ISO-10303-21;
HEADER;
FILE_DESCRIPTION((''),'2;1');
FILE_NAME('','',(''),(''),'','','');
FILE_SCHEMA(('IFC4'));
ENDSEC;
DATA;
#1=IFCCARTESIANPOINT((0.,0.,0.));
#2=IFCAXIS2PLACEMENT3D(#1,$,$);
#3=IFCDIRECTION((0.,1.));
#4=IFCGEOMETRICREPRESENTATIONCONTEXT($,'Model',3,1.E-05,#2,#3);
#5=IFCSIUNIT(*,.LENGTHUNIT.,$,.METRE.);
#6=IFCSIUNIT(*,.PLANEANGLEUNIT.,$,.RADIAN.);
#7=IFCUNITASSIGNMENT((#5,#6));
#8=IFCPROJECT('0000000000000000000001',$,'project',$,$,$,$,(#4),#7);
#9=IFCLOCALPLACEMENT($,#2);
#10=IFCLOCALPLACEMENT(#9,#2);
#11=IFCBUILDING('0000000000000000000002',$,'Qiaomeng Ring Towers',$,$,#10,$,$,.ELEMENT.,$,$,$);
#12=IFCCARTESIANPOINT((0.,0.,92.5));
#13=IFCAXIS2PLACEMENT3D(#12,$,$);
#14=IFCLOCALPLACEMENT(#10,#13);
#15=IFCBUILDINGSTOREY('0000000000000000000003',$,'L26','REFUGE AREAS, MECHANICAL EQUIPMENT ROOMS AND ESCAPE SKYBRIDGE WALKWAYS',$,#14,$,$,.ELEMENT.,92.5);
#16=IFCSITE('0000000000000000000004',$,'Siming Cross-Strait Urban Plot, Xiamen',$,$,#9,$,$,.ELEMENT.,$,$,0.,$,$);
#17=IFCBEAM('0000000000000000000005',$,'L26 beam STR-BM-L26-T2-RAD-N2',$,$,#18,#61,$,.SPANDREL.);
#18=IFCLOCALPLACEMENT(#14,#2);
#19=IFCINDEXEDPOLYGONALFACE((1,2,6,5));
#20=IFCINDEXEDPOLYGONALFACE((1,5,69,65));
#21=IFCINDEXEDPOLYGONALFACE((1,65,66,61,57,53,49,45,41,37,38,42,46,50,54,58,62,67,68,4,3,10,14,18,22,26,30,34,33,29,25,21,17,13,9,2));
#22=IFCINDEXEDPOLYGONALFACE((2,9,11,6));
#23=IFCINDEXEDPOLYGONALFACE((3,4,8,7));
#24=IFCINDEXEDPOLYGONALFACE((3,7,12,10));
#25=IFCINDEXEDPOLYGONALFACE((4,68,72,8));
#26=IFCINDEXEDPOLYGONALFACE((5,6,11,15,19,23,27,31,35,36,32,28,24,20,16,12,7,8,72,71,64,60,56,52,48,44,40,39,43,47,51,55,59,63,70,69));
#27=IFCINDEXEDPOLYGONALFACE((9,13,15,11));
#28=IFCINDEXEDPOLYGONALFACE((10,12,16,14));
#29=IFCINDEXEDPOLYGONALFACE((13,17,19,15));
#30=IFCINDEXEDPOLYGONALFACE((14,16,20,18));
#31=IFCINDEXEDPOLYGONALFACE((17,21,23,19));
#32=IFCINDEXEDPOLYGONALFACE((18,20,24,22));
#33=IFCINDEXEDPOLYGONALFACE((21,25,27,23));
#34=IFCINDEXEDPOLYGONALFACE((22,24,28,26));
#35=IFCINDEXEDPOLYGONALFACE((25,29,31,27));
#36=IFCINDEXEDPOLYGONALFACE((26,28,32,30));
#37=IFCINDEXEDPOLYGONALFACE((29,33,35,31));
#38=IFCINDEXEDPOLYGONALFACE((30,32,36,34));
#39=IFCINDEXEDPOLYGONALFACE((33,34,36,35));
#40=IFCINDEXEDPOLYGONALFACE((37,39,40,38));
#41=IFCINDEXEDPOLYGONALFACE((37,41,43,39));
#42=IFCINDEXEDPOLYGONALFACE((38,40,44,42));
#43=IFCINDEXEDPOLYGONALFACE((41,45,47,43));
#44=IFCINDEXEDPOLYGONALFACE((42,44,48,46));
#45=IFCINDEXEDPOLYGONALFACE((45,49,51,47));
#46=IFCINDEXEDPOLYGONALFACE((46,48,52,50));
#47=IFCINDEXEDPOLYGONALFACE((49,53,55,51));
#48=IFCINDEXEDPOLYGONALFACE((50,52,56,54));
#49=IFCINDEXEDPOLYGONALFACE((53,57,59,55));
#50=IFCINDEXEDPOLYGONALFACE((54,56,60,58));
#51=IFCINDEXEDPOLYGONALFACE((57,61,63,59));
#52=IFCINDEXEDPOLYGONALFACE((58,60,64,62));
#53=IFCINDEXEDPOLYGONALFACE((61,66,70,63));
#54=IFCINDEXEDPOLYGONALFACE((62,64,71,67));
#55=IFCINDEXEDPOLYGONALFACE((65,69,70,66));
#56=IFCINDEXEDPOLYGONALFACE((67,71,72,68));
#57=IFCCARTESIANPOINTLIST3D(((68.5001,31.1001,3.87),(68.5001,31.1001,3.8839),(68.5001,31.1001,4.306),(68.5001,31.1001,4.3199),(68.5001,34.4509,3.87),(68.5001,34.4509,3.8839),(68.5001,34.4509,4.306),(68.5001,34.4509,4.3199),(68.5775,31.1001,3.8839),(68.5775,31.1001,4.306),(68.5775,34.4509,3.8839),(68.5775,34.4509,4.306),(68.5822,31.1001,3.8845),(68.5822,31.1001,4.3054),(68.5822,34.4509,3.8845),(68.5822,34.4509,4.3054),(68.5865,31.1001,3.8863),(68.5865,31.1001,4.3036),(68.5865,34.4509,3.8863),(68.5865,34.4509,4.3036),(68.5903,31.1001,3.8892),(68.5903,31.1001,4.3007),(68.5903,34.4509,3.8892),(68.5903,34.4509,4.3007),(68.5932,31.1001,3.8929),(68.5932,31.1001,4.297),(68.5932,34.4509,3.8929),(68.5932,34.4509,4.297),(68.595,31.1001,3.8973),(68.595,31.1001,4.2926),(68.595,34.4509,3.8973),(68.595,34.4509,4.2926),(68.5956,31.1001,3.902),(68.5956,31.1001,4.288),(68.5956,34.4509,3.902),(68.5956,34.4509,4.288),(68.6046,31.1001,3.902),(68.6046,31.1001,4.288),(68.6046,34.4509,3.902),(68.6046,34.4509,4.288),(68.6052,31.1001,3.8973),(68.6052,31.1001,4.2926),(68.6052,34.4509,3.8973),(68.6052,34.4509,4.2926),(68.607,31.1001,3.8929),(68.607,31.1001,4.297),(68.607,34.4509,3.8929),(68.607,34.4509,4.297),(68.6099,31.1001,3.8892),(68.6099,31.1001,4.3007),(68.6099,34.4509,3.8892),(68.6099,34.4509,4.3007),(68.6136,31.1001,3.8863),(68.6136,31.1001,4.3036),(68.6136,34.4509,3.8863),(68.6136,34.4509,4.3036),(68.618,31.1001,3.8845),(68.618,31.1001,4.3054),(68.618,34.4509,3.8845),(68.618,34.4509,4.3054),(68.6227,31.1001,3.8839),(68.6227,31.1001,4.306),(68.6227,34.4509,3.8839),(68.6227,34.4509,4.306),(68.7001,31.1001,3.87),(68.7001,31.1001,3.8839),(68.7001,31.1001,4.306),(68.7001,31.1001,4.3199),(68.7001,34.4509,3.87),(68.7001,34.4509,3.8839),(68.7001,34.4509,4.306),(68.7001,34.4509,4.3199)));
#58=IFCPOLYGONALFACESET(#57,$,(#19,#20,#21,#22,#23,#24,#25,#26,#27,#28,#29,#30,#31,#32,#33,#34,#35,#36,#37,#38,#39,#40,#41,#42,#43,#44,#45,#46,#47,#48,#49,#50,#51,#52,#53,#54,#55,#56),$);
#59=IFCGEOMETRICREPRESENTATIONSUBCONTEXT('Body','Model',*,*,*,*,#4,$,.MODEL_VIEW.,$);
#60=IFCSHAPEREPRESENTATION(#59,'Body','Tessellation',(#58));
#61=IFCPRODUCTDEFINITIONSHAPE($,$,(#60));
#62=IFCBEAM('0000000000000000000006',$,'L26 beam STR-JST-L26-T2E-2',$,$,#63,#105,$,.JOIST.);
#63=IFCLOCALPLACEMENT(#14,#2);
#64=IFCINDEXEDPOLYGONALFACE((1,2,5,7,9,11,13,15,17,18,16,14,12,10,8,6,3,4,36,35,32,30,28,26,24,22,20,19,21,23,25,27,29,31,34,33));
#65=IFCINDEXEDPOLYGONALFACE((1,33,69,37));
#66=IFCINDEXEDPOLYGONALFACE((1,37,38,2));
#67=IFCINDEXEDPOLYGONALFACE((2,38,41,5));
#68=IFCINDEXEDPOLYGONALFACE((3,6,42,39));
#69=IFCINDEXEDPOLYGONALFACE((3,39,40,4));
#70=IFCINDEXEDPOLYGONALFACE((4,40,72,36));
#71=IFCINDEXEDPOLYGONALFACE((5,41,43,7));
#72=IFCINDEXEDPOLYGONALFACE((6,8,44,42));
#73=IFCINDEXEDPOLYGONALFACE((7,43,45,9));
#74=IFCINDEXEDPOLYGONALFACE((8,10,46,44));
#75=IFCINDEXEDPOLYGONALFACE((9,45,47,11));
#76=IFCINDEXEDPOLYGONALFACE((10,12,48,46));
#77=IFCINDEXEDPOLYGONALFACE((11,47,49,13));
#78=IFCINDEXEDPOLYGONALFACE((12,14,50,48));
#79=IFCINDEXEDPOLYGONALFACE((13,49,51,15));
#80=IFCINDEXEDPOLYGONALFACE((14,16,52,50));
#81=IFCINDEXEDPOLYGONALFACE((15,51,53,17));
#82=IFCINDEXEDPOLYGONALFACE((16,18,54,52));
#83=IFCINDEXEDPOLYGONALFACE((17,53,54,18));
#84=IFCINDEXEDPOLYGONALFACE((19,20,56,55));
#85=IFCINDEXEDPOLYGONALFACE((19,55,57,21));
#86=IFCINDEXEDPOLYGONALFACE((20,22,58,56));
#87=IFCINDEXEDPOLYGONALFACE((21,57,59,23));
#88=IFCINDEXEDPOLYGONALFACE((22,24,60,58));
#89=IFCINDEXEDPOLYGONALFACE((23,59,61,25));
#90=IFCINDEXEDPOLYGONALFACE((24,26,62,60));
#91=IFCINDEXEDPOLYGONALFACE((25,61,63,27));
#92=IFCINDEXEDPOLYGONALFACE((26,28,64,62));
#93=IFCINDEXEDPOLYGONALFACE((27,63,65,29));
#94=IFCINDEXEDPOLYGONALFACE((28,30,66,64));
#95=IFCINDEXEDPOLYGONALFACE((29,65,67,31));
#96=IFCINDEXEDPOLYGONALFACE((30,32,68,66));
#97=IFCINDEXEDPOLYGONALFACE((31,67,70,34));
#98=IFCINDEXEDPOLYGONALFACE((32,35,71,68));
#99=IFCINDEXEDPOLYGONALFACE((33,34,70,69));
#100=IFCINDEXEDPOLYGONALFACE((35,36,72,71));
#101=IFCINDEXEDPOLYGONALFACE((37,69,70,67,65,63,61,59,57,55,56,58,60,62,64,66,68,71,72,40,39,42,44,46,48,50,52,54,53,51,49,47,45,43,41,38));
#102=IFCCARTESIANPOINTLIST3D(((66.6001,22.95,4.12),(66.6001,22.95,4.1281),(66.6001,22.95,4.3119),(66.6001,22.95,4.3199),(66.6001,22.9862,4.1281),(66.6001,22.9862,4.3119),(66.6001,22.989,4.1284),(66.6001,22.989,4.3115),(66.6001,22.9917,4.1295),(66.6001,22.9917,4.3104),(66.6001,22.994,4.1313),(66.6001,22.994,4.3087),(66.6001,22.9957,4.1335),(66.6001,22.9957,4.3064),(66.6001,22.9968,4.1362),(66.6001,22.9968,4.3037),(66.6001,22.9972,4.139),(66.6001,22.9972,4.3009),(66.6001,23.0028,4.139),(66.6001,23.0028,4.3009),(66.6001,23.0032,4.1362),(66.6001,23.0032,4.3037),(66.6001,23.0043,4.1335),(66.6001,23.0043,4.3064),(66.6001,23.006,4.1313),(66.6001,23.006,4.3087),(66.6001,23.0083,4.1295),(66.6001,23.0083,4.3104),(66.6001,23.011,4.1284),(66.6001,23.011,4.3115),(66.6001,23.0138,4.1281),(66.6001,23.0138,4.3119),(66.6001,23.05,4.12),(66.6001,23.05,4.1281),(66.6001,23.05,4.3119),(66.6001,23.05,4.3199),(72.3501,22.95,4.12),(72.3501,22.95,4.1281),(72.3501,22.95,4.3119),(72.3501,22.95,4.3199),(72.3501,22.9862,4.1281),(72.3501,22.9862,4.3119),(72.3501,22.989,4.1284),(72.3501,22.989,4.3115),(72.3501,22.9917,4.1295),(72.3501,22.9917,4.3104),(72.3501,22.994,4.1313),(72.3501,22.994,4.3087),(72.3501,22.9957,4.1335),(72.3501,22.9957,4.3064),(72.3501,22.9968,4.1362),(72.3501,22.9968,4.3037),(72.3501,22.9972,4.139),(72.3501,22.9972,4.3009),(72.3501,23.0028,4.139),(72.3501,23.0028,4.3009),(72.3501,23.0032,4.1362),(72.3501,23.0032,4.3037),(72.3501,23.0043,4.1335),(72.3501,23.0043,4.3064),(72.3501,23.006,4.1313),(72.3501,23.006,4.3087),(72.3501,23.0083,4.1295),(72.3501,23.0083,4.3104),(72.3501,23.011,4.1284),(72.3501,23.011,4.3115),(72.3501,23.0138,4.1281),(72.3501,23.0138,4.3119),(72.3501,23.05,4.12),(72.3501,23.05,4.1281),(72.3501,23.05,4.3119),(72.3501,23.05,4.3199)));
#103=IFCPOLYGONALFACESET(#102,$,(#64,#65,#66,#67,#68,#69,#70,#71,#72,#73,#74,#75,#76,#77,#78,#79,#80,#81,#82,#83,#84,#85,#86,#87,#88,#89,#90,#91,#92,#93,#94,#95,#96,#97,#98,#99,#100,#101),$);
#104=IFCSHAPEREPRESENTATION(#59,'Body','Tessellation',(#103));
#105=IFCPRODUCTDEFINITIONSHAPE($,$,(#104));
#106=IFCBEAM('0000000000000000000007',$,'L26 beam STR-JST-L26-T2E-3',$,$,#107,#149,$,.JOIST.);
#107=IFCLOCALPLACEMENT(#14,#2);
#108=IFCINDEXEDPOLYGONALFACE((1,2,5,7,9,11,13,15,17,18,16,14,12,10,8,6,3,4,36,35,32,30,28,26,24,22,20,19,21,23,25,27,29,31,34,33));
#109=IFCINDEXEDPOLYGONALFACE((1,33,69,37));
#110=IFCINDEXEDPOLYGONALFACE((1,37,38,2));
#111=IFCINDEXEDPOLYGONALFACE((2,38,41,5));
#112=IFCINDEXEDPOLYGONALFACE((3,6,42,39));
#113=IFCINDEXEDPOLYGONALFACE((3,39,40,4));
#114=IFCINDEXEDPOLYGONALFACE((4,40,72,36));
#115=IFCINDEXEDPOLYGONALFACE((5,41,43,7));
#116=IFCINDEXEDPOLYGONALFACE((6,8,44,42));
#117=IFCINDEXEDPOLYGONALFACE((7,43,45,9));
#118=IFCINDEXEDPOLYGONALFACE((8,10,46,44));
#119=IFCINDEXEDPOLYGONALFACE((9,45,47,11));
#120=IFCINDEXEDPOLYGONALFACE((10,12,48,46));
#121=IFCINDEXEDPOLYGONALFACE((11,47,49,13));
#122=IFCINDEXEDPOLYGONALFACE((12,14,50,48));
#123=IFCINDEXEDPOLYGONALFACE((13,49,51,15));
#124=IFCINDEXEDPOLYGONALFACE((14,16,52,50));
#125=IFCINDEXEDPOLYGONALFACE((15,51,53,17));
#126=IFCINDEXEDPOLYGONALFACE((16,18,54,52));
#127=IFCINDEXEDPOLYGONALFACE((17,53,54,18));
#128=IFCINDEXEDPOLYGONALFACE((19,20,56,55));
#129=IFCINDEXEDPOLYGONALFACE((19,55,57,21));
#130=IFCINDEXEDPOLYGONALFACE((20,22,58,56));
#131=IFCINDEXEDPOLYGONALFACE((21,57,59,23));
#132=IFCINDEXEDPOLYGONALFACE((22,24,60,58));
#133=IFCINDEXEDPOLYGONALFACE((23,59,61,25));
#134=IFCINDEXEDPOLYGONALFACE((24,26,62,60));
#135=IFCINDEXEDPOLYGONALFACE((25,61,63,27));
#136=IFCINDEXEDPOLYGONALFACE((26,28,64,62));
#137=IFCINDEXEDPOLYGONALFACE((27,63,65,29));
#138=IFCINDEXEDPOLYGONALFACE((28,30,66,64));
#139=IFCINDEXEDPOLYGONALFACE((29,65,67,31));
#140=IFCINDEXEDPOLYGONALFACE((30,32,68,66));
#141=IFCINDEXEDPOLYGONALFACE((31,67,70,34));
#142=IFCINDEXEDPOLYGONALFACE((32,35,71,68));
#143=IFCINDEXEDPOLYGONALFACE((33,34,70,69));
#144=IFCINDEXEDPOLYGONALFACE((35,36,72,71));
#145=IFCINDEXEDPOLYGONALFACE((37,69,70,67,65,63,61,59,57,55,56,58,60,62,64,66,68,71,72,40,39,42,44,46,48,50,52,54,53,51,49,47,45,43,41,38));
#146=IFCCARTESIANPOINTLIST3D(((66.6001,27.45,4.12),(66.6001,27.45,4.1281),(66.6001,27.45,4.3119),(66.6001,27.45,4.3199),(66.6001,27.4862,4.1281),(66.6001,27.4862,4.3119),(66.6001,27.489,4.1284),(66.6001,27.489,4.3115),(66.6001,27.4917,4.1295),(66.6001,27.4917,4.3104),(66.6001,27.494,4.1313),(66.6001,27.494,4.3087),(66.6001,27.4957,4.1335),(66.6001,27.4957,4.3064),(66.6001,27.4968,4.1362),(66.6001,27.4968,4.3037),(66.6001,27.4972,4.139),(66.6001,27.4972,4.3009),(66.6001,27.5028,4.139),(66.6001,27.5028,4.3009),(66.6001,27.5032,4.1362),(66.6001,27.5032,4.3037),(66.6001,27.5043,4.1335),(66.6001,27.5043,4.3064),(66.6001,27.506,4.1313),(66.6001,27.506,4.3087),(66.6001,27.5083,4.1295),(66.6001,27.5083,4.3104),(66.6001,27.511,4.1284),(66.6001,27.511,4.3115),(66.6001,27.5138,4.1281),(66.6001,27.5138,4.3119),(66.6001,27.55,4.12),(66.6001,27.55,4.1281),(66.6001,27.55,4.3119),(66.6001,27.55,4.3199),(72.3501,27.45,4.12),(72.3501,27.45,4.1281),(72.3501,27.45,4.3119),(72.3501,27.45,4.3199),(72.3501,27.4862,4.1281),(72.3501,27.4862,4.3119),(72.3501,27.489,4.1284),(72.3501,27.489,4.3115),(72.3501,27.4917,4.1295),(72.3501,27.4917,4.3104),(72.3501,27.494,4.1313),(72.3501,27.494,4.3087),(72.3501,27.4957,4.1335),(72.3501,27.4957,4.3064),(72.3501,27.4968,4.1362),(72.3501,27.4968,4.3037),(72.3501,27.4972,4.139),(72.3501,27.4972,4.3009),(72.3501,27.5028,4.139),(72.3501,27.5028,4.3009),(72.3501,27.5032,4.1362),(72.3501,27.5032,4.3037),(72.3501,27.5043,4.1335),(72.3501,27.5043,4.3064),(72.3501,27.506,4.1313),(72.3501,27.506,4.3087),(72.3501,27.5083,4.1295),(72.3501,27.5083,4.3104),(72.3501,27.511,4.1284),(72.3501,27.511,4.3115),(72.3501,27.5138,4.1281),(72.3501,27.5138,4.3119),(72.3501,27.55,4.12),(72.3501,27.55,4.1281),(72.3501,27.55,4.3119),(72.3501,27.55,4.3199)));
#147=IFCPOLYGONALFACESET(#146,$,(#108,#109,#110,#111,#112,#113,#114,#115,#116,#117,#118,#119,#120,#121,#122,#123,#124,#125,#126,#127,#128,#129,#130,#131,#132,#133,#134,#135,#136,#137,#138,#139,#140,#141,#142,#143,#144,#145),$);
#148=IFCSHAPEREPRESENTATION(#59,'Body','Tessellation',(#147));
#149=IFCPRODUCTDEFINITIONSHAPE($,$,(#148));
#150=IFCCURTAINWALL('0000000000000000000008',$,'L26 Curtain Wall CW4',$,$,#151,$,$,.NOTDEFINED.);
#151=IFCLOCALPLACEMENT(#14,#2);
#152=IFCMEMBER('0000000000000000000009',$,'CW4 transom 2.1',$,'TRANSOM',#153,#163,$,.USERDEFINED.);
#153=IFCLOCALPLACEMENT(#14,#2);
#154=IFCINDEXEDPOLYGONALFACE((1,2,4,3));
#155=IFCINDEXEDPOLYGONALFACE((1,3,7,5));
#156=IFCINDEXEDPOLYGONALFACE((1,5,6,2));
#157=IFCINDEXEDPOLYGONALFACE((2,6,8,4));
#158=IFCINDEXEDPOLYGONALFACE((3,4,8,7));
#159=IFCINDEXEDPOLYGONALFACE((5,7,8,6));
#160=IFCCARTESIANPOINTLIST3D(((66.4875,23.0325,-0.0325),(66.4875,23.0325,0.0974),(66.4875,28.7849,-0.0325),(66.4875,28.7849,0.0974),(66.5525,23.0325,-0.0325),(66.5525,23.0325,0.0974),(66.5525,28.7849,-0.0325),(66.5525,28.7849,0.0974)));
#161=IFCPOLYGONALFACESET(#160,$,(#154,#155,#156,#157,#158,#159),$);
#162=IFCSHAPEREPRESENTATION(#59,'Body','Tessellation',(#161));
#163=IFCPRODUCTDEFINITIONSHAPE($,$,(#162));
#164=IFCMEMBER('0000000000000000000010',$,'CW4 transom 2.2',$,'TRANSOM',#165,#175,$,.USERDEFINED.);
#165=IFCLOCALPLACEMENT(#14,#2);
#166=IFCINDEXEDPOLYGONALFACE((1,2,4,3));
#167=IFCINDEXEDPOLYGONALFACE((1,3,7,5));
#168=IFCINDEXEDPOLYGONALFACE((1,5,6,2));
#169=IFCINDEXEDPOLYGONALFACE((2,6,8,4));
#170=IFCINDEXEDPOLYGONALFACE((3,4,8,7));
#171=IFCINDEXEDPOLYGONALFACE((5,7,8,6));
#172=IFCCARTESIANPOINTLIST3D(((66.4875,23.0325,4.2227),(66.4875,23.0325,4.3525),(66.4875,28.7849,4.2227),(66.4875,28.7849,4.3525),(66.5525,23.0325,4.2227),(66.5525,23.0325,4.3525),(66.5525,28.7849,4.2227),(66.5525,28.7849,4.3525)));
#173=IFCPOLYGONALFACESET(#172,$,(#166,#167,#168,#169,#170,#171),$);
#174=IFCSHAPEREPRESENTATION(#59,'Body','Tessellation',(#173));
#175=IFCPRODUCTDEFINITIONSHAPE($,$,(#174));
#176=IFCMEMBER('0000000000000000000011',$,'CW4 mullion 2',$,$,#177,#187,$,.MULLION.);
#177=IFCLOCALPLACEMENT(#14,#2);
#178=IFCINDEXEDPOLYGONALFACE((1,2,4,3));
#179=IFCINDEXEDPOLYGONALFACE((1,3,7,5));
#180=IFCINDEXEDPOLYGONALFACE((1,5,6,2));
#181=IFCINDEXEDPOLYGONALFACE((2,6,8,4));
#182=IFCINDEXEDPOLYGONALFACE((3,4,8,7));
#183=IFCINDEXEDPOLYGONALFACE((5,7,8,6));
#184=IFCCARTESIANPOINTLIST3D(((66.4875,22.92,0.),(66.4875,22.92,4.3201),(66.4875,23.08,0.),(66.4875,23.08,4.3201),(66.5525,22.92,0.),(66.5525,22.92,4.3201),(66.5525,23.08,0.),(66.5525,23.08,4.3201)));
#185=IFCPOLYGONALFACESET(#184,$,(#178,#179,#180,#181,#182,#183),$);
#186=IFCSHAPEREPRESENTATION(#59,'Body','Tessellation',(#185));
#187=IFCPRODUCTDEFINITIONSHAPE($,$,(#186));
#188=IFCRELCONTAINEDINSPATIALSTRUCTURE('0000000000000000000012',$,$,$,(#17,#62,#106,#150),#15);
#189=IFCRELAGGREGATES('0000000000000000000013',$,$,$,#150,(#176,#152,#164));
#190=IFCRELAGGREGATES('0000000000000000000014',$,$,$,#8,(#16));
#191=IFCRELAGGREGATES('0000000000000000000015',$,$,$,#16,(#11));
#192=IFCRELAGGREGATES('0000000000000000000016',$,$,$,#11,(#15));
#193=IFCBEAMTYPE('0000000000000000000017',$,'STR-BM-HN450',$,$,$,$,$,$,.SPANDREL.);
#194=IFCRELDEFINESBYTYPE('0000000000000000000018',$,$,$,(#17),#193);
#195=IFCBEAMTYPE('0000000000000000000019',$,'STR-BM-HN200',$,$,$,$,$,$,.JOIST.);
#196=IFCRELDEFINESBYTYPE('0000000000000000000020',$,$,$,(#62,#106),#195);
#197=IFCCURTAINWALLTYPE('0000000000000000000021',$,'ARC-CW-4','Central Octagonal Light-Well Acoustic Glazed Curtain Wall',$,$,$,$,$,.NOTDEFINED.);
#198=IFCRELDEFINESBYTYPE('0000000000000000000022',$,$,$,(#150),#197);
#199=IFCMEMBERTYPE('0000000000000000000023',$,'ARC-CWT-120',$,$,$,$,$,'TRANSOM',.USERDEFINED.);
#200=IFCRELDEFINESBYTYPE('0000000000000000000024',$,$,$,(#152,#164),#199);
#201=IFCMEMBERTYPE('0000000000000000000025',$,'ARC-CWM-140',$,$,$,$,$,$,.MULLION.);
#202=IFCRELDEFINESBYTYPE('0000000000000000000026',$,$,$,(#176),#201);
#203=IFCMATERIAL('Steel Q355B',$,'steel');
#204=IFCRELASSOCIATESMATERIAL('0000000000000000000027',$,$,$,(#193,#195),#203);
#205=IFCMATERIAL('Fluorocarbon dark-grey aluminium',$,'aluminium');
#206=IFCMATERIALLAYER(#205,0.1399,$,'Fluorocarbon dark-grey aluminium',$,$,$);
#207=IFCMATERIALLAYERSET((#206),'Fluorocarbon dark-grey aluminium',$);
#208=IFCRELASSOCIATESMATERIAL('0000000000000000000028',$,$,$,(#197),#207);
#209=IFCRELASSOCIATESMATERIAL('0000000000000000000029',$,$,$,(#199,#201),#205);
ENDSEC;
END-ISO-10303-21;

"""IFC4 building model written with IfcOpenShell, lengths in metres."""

from ifc_helpers import new_model, si_unit, direction, frame, origin, origin_2d, place, context, subcontext, project, spatial, rectangle, i_section, extrude, source, transform, mapped, material, layer, layer_set, material_profile, profile_set, type_object, element, aggregate, save


model = new_model("IFC4")

# Units and contexts
model_context = context("Model", 3, precision=1e-05, world=origin(), true_north=direction((0.0, 1.0)))
body_context = subcontext(model_context, "Body", "Model", "MODEL_VIEW")
ifc_project = project(units=[si_unit("LENGTHUNIT", "METRE"), si_unit("PLANEANGLEUNIT", "RADIAN")], contexts=[model_context])

# Site, building, storey
site_placement = place(None, origin())
site = spatial("IfcSite", under=ifc_project, at=site_placement, Name="Siming Cross-Strait Urban Plot, Xiamen", CompositionType="ELEMENT", RefElevation=0.0)
building_placement = place(site_placement, origin())
building = spatial("IfcBuilding", under=site, at=building_placement, Name="Qiaomeng Ring Towers", CompositionType="ELEMENT")
storey_placement = place(building_placement, frame((0.0, 0.0, 92.5)))
storey = spatial("IfcBuildingStorey", under=building, at=storey_placement, Name="L26", Description="REFUGE AREAS, MECHANICAL EQUIPMENT ROOMS AND ESCAPE SKYBRIDGE WALKWAYS", CompositionType="ELEMENT", Elevation=92.5)

# Beams
ifc_material_1 = material(Name="Steel Q355B", Category="steel")
ifc_material_profile_1 = material_profile(ifc_material_1, i_section(OverallWidth=0.2, OverallDepth=0.45, WebThickness=0.009, FlangeThickness=0.0139, FilletRadius=0.0181, at=origin_2d()), Name="HN 450x200x9x14")
ifc_profile_set_1 = profile_set([ifc_material_profile_1], Name="Steel Q355B")
beam_type_1 = type_object("IfcBeamType", Name="STR-BM-HN450", PredefinedType="SPANDREL", material=ifc_profile_set_1)
shared_shape_1 = source(origin(), body_context, "Body", "SweptSolid", [
    extrude(i_section(OverallWidth=0.2, OverallDepth=0.45, WebThickness=0.009, FlangeThickness=0.0139, FilletRadius=0.0181, at=origin_2d()), origin(), (0.0, 0.0, 1.0), 3.3508),
])
beam_1_placement = place(storey_placement, frame((68.6001, 34.4509, 4.095), z_axis=(0.0, -1.0, 0.0), x_axis=(1.0, 0.0, 0.0)))
element("IfcBeam", 1, at=beam_1_placement, inside=storey, type_object=beam_type_1, Name="L26 beam STR-BM-L26-T2-RAD-N2", PredefinedType="SPANDREL", context=body_context, shape_type="MappedRepresentation", body=[
    mapped(shared_shape_1, transform((0.0, 0.0, 0.0), x_axis=(1.0, 0.0, 0.0), y_axis=(0.0, 1.0, 0.0), z_axis=(0.0, 0.0, 1.0), scale=1.0)),
])
ifc_material_profile_2 = material_profile(ifc_material_1, i_section(OverallWidth=0.1001, OverallDepth=0.2, WebThickness=0.0056, FlangeThickness=0.0081, FilletRadius=0.011, at=origin_2d()), Name="HN 200x100x5.5x8")
ifc_profile_set_2 = profile_set([ifc_material_profile_2], Name="Steel Q355B")
beam_type_2 = type_object("IfcBeamType", Name="STR-BM-HN200", PredefinedType="JOIST", material=ifc_profile_set_2)
shared_shape_2 = source(origin(), body_context, "Body", "SweptSolid", [
    extrude(i_section(OverallWidth=0.1001, OverallDepth=0.2, WebThickness=0.0056, FlangeThickness=0.0081, FilletRadius=0.011, at=origin_2d()), origin(), (0.0, 0.0, 1.0), 5.75),
])
for number, where, z_axis, x_axis, name in (
    (2, (66.6001, 23.0, 4.22), (1.0, 0.0, 0.0), (0.0, 1.0, 0.0), "L26 beam STR-JST-L26-T2E-2"),
    (3, (66.6001, 27.5, 4.22), (1.0, 0.0, 0.0), (0.0, 1.0, 0.0), "L26 beam STR-JST-L26-T2E-3"),
):
    element("IfcBeam", number, at=place(storey_placement, frame(where, z_axis=z_axis, x_axis=x_axis)), inside=storey, type_object=beam_type_2, Name=name, PredefinedType="JOIST", context=body_context, shape_type="MappedRepresentation", body=[
        mapped(shared_shape_2, transform((0.0, 0.0, 0.0), x_axis=(1.0, 0.0, 0.0), y_axis=(0.0, 1.0, 0.0), z_axis=(0.0, 0.0, 1.0), scale=1.0)),
    ])

# Curtain wall, members
ifc_material_2 = material(Name="Fluorocarbon dark-grey aluminium", Category="aluminium")
ifc_layer_1 = layer(ifc_material_2, 0.1399, Name="Fluorocarbon dark-grey aluminium")
ifc_layer_set_1 = layer_set([ifc_layer_1], Name="Fluorocarbon dark-grey aluminium")
curtain_wall_type_1 = type_object("IfcCurtainWallType", Name="ARC-CW-4", Description="Central Octagonal Light-Well Acoustic Glazed Curtain Wall", PredefinedType="NOTDEFINED", material=ifc_layer_set_1)
curtain_wall_1_placement = place(storey_placement, origin())
curtain_wall_1 = element("IfcCurtainWall", 4, at=curtain_wall_1_placement, inside=storey, type_object=curtain_wall_type_1, Name="L26 Curtain Wall CW4", PredefinedType="NOTDEFINED")
ifc_material_profile_3 = material_profile(ifc_material_2, rectangle(XDim=0.0649, YDim=0.1299, at=origin_2d()), Name="ALU TRAN 65x130")
ifc_profile_set_3 = profile_set([ifc_material_profile_3], Name="Fluorocarbon dark-grey aluminium")
member_type_1 = type_object("IfcMemberType", Name="ARC-CWT-120", ElementType="TRANSOM", PredefinedType="USERDEFINED", material=ifc_profile_set_3)
shared_shape_3 = source(origin(), body_context, "Body", "SweptSolid", [
    extrude(rectangle(XDim=0.0649, YDim=0.1299, at=origin_2d()), origin(), (0.0, 0.0, 1.0), 5.7524),
])
member_1_placement = place(storey_placement, frame((66.52, 23.0325, 0.0325), z_axis=(0.0, 1.0, 0.0), x_axis=(-1.0, 0.0, 0.0)))
member_1 = element("IfcMember", 5, at=member_1_placement, type_object=member_type_1, Name="CW4 transom 2.1", ObjectType="TRANSOM", PredefinedType="USERDEFINED", context=body_context, shape_type="MappedRepresentation", body=[
    mapped(shared_shape_3, transform((0.0, 0.0, 0.0), x_axis=(1.0, 0.0, 0.0), y_axis=(0.0, 1.0, 0.0), z_axis=(0.0, 0.0, 1.0), scale=1.0)),
])
member_2_placement = place(storey_placement, frame((66.52, 23.0325, 4.2876), z_axis=(0.0, 1.0, 0.0), x_axis=(-1.0, 0.0, 0.0)))
member_2 = element("IfcMember", 6, at=member_2_placement, type_object=member_type_1, Name="CW4 transom 2.2", ObjectType="TRANSOM", PredefinedType="USERDEFINED", context=body_context, shape_type="MappedRepresentation", body=[
    mapped(shared_shape_3, transform((0.0, 0.0, 0.0), x_axis=(1.0, 0.0, 0.0), y_axis=(0.0, 1.0, 0.0), z_axis=(0.0, 0.0, 1.0), scale=1.0)),
])
ifc_material_profile_4 = material_profile(ifc_material_2, rectangle(XDim=0.0649, YDim=0.1599, at=origin_2d()), Name="ALU MULL 65x160")
ifc_profile_set_4 = profile_set([ifc_material_profile_4], Name="Fluorocarbon dark-grey aluminium")
member_type_2 = type_object("IfcMemberType", Name="ARC-CWM-140", PredefinedType="MULLION", material=ifc_profile_set_4)
shared_shape_4 = source(origin(), body_context, "Body", "SweptSolid", [
    extrude(rectangle(XDim=0.0649, YDim=0.1599, at=origin_2d()), origin(), (0.0, 0.0, 1.0), 4.3201),
])
member_3_placement = place(storey_placement, frame((66.52, 23.0, 0.0), z_axis=(0.0, 0.0, 1.0), x_axis=(-1.0, 0.0, 0.0)))
member_3 = element("IfcMember", 7, at=member_3_placement, type_object=member_type_2, Name="CW4 mullion 2", PredefinedType="MULLION", context=body_context, shape_type="MappedRepresentation", body=[
    mapped(shared_shape_4, transform((0.0, 0.0, 0.0), x_axis=(1.0, 0.0, 0.0), y_axis=(0.0, 1.0, 0.0), z_axis=(0.0, 0.0, 1.0), scale=1.0)),
])

aggregate(curtain_wall_1, [member_3, member_1, member_2])

save(model, "model.ifc")
